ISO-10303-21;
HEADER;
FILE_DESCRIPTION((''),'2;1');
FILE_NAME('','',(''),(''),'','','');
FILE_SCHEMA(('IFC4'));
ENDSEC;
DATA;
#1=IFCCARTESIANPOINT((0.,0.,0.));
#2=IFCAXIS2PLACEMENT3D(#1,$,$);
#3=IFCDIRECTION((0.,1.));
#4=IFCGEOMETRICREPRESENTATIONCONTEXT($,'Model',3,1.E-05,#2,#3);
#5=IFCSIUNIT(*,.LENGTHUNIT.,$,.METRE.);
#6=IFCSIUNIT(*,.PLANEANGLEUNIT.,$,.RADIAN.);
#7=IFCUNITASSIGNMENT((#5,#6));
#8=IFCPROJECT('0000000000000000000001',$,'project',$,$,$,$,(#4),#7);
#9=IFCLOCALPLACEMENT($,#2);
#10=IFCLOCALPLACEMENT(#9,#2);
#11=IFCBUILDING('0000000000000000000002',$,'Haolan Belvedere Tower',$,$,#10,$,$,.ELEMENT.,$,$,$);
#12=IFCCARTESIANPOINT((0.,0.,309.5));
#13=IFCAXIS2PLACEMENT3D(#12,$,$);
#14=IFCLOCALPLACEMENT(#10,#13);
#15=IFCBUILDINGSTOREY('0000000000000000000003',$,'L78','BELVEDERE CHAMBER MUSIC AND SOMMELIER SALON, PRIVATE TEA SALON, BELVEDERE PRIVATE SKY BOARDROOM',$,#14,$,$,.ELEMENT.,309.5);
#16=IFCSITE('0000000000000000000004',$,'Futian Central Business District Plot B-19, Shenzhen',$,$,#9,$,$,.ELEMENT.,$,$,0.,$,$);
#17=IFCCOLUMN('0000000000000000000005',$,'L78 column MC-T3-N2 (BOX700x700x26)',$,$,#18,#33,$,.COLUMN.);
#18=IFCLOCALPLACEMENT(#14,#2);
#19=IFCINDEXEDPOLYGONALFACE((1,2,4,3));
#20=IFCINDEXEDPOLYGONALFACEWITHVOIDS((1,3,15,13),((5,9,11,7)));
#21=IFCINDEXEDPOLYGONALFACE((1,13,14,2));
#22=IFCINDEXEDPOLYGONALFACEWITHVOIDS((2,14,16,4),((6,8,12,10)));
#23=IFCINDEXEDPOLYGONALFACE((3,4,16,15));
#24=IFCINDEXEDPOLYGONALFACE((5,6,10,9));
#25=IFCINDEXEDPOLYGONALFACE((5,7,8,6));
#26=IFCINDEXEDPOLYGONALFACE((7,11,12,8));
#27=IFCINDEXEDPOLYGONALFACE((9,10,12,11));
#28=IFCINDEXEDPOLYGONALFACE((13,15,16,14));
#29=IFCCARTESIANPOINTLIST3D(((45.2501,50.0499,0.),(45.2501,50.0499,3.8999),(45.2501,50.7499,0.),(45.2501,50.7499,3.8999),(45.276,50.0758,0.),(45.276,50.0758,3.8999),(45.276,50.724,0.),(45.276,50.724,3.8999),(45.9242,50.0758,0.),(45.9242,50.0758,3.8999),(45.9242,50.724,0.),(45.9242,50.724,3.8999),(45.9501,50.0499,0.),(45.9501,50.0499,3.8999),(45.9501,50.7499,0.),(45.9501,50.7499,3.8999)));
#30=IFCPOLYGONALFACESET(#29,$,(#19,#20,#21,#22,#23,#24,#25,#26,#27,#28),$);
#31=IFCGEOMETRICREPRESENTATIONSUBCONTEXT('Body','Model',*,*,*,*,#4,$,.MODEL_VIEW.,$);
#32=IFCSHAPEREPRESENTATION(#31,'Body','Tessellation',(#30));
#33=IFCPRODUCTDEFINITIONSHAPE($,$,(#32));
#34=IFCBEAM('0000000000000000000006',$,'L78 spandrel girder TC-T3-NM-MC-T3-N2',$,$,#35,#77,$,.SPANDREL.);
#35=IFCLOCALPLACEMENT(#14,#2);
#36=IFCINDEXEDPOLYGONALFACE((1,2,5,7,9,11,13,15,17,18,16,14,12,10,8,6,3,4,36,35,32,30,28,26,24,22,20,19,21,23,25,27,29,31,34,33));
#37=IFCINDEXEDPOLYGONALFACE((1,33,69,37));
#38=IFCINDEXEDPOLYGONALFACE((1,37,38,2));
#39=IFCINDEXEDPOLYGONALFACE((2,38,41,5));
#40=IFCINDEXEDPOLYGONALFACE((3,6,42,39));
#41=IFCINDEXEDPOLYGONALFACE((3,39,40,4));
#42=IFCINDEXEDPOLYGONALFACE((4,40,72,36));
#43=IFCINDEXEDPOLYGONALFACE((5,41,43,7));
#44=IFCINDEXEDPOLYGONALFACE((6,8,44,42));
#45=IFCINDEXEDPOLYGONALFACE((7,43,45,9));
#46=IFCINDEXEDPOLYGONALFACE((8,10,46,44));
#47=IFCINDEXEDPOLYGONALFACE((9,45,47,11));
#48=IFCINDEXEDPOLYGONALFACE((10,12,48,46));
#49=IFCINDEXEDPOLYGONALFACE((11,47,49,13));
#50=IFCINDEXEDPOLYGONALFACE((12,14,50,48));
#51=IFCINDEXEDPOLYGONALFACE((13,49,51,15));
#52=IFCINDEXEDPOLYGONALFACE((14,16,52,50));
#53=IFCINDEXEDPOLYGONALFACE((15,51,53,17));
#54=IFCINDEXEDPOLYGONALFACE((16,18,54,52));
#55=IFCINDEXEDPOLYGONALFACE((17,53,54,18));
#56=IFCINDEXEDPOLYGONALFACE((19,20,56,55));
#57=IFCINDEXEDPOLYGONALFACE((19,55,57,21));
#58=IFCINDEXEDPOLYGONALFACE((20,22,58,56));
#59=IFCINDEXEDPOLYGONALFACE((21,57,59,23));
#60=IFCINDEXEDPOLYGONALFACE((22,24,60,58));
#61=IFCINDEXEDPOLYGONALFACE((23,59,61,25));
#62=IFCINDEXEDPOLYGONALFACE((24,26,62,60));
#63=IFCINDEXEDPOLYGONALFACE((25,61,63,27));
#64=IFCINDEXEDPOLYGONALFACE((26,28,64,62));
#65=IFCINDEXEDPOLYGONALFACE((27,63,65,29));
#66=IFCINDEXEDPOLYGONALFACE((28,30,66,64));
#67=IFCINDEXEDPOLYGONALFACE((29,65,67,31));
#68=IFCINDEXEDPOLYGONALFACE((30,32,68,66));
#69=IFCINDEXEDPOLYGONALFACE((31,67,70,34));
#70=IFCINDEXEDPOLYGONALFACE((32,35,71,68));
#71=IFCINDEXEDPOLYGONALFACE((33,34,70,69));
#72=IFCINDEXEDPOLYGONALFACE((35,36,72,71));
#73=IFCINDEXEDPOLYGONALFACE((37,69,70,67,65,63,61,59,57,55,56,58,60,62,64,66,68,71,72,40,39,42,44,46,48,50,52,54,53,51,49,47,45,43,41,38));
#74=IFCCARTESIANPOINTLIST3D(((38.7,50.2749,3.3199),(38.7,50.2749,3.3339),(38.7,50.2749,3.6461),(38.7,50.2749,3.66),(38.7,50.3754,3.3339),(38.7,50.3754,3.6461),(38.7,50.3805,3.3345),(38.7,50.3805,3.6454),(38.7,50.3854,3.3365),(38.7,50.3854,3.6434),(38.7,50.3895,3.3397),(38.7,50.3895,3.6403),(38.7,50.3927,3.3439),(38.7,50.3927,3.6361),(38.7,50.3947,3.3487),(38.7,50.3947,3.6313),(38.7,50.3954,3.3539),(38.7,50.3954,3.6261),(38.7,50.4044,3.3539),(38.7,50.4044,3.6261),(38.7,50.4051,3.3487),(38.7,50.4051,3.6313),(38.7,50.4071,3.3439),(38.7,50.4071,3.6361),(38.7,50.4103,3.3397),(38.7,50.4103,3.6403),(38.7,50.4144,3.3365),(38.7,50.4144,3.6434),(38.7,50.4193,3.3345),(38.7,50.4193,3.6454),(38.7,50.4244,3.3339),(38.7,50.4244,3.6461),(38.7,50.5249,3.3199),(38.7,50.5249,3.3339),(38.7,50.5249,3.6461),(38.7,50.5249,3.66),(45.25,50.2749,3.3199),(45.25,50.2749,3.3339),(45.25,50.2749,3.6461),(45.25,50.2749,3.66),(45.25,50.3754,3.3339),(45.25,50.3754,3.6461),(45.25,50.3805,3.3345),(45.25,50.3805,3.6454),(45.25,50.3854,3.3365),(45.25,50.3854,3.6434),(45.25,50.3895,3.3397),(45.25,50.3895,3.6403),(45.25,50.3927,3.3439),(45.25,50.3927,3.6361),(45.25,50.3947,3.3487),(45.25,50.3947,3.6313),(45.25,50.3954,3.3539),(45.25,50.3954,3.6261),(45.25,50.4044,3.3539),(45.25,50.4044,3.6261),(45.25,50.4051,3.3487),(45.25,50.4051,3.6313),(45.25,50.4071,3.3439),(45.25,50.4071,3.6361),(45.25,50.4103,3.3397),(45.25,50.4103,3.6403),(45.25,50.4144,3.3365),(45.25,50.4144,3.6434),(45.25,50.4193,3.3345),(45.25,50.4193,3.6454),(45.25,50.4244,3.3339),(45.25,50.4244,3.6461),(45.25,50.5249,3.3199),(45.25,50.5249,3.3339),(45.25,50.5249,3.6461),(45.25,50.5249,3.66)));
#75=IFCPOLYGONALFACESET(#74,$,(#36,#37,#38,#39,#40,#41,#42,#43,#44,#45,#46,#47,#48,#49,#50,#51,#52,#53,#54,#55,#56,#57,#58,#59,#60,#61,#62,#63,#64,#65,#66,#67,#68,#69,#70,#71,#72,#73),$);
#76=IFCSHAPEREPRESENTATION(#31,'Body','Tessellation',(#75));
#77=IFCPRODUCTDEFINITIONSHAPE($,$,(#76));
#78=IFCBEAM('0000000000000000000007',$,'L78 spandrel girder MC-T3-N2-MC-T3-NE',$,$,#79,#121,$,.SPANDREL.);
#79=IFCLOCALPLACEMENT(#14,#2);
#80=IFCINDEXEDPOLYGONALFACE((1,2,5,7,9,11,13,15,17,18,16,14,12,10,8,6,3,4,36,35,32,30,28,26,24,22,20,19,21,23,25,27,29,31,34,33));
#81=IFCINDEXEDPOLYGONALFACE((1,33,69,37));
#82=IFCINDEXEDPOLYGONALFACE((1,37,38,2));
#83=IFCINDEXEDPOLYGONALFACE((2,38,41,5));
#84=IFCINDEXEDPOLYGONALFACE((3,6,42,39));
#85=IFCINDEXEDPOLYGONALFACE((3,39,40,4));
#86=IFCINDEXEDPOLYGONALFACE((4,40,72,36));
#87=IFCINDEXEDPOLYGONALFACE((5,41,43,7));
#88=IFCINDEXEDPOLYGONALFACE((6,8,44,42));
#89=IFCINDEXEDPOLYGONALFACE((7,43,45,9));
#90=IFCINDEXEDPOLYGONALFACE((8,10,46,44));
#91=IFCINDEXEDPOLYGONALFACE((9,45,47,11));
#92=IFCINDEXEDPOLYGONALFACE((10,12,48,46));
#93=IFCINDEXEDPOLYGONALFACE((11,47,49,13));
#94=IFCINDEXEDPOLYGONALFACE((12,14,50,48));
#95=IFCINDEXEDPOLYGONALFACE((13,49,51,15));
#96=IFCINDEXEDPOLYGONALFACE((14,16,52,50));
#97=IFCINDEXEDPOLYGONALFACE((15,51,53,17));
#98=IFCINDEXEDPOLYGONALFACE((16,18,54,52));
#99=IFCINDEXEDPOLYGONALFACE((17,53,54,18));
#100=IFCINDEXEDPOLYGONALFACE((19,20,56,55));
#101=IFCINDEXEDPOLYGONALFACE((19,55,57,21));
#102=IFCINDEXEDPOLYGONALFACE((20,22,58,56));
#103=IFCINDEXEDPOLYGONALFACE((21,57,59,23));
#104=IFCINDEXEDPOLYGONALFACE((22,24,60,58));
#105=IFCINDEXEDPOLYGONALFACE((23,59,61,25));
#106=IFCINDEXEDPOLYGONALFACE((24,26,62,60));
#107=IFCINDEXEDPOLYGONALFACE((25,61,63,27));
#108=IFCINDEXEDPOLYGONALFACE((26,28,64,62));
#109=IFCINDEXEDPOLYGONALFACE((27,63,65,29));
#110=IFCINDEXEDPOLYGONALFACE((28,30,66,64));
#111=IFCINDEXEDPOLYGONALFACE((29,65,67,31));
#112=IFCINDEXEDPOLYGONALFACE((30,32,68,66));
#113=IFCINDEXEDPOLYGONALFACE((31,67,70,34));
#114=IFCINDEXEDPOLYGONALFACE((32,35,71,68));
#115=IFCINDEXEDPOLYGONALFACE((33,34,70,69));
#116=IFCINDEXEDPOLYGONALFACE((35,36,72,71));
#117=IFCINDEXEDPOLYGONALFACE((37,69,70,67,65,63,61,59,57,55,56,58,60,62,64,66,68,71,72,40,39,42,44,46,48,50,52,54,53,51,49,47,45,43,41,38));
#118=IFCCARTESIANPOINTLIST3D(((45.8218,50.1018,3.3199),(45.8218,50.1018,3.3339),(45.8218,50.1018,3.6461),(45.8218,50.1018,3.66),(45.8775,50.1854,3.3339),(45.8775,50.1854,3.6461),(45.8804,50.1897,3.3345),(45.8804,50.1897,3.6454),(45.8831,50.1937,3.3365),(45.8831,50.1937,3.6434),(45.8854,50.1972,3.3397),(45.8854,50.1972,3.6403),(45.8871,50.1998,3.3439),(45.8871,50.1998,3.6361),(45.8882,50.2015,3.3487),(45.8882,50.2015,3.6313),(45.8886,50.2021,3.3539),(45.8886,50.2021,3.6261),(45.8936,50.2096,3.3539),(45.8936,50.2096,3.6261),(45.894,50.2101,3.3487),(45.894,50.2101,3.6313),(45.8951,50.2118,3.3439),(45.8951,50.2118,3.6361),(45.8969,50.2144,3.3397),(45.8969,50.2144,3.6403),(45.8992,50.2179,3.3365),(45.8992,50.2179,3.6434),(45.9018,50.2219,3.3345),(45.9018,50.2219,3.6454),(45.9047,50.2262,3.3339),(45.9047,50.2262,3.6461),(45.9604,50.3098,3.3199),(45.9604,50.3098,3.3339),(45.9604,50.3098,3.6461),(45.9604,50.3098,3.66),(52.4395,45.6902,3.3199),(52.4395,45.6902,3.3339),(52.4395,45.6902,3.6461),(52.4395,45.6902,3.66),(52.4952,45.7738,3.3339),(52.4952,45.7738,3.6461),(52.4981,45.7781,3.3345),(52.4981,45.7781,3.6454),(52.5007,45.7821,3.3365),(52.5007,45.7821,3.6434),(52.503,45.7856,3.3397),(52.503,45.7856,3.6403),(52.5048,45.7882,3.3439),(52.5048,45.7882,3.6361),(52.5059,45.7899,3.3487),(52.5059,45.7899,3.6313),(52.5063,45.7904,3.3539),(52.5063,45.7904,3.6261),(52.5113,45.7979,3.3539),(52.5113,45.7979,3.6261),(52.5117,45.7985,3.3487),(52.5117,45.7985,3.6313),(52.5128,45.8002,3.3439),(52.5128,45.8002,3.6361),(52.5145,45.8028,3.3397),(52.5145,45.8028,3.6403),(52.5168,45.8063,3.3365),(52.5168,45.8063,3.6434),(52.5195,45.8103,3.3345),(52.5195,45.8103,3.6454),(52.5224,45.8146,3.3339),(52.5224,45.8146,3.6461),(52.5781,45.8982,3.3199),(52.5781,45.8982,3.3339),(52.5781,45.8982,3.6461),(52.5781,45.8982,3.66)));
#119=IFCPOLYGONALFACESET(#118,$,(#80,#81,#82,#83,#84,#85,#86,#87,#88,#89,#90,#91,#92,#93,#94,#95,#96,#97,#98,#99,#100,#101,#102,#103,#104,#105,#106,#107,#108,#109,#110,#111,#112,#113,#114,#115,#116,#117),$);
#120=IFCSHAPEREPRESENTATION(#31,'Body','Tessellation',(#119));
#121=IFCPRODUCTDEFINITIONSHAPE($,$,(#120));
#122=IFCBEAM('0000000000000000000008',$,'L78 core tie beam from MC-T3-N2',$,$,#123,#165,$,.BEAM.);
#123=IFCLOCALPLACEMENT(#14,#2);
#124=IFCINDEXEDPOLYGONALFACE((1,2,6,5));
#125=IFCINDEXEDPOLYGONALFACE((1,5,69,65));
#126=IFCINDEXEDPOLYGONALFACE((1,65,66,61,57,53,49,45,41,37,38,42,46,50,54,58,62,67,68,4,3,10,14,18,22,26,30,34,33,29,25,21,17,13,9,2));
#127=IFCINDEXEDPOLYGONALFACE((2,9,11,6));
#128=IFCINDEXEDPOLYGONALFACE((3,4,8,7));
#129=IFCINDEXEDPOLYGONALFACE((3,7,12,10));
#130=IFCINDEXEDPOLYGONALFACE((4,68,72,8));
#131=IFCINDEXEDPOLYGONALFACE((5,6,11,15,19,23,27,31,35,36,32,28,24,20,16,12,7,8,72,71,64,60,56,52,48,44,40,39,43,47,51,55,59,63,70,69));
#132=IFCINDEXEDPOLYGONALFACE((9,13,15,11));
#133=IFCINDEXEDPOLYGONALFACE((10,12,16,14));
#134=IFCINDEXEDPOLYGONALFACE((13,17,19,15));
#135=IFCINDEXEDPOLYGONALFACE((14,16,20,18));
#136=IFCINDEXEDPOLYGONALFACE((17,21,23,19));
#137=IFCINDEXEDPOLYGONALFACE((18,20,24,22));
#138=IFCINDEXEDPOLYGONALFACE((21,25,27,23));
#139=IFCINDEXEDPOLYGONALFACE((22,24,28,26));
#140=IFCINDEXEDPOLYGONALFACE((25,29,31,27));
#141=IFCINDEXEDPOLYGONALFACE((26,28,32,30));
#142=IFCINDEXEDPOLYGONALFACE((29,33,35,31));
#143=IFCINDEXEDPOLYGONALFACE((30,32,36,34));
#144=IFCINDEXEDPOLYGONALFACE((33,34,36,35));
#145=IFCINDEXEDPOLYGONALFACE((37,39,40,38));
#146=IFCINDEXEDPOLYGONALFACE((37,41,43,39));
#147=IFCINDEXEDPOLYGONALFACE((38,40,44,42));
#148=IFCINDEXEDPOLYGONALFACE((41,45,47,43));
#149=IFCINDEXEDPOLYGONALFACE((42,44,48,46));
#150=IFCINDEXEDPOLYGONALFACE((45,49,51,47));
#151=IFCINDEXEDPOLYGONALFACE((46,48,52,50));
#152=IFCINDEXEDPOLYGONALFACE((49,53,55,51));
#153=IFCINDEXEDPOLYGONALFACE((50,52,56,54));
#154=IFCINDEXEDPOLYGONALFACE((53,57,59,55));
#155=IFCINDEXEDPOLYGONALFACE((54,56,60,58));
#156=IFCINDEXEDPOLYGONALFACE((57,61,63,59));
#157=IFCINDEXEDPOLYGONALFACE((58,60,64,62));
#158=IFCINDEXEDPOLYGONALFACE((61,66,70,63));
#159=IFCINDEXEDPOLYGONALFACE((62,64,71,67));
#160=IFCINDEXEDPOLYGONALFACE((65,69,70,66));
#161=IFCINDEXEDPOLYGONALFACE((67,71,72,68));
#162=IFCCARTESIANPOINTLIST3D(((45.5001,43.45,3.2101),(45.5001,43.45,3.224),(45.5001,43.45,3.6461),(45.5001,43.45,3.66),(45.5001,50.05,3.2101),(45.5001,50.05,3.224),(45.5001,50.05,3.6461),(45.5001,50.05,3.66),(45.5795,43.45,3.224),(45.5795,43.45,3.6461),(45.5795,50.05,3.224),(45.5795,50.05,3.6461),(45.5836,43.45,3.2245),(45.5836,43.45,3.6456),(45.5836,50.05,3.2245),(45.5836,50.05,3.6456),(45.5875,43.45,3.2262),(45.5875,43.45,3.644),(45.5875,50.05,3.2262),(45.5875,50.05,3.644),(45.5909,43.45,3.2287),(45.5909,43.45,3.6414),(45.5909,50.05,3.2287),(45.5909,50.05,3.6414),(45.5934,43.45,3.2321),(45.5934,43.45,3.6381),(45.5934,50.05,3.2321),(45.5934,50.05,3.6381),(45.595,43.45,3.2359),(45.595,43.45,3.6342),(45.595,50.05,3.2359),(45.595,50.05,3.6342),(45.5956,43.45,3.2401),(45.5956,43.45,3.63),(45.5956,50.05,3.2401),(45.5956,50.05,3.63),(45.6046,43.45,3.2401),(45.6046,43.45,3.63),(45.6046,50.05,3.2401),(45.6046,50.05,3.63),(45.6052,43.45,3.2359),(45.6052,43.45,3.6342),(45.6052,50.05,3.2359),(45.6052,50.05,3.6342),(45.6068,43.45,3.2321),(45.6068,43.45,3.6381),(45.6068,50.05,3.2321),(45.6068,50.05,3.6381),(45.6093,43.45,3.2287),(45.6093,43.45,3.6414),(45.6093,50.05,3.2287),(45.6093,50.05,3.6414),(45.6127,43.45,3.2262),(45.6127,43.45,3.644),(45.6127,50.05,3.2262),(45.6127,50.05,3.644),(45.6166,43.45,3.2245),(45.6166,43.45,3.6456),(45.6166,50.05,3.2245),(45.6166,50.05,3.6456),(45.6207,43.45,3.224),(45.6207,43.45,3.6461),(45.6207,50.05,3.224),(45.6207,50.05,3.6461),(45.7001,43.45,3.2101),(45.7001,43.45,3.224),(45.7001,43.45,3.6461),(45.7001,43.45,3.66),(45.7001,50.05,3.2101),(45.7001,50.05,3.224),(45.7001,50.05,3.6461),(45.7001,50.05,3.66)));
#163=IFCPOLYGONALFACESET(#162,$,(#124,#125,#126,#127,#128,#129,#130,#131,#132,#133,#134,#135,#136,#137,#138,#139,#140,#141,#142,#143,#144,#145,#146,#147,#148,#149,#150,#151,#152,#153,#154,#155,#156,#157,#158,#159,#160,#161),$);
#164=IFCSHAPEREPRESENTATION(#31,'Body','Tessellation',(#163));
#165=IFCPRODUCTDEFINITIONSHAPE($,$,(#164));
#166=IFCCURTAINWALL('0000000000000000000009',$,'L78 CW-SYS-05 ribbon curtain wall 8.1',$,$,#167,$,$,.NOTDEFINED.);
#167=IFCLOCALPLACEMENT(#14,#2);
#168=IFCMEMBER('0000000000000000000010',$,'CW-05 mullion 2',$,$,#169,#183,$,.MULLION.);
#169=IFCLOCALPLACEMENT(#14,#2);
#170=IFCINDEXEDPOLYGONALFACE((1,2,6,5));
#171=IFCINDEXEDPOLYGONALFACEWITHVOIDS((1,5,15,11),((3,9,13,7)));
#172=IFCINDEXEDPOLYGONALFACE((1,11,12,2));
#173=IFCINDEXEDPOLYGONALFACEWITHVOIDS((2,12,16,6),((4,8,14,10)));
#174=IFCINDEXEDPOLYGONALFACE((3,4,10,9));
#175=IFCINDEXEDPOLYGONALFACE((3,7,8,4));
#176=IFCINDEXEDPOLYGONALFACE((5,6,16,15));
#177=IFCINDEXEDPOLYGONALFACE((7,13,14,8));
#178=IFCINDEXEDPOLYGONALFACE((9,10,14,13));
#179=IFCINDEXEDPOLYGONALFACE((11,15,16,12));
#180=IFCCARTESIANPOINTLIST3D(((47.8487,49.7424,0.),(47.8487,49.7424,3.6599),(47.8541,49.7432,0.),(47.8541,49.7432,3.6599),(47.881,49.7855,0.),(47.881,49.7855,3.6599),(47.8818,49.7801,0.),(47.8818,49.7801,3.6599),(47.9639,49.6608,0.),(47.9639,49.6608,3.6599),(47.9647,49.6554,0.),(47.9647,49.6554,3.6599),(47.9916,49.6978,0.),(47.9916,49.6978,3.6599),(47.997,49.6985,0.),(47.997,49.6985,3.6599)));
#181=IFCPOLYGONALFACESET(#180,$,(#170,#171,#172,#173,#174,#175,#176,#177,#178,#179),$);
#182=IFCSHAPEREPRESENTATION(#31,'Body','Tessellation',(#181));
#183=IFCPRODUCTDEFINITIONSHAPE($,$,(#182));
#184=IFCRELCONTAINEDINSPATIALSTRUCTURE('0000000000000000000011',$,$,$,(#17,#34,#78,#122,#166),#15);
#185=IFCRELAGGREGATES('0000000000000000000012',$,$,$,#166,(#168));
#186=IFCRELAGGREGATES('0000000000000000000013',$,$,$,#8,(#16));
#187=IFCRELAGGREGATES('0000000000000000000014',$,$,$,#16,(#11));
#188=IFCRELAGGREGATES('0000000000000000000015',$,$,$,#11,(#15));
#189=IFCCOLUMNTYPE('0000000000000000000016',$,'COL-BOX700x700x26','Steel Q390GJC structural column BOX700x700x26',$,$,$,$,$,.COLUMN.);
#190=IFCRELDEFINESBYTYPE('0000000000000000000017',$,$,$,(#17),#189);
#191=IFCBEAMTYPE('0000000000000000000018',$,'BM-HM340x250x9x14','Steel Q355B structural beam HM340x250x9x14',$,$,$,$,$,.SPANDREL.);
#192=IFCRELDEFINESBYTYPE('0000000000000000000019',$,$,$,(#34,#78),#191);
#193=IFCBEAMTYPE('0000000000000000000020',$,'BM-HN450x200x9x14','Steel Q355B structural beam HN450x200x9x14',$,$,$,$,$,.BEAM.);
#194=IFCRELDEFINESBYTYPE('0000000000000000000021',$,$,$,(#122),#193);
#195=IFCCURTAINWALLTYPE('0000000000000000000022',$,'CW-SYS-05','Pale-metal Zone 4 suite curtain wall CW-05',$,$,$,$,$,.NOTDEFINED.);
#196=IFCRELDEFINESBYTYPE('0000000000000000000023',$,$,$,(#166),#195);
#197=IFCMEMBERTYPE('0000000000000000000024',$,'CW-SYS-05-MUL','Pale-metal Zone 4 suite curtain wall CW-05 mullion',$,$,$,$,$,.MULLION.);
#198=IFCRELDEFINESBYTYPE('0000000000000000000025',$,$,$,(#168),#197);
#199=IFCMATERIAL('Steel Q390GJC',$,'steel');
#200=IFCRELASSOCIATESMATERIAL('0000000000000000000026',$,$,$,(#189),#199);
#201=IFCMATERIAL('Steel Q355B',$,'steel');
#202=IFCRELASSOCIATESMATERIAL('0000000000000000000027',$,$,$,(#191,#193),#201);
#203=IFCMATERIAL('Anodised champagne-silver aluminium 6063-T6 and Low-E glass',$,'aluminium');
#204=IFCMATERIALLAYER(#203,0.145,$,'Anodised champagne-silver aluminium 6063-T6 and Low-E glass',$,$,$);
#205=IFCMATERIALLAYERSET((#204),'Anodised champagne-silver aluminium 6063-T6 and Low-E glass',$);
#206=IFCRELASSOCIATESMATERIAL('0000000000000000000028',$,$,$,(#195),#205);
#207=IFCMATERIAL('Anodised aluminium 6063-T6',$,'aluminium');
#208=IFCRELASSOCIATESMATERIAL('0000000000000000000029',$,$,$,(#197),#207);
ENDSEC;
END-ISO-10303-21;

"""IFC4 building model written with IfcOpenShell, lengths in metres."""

from ifc_helpers import new_model, si_unit, direction, frame, origin, origin_2d, place, context, subcontext, project, spatial, hollow_rectangle, i_section, extrude, material, layer, layer_set, material_profile, profile_set, type_object, element, aggregate, save


model = new_model("IFC4")

# Units and contexts
model_context = context("Model", 3, precision=1e-05, world=origin(), true_north=direction((0.0, 1.0)))
body_context = subcontext(model_context, "Body", "Model", "MODEL_VIEW")
ifc_project = project(units=[si_unit("LENGTHUNIT", "METRE"), si_unit("PLANEANGLEUNIT", "RADIAN")], contexts=[model_context])

# Site, building, storey
site_placement = place(None, origin())
site = spatial("IfcSite", under=ifc_project, at=site_placement, Name="Futian Central Business District Plot B-19, Shenzhen", CompositionType="ELEMENT", RefElevation=0.0)
building_placement = place(site_placement, origin())
building = spatial("IfcBuilding", under=site, at=building_placement, Name="Haolan Belvedere Tower", CompositionType="ELEMENT")
storey_placement = place(building_placement, frame((0.0, 0.0, 309.5)))
storey = spatial("IfcBuildingStorey", under=building, at=storey_placement, Name="L78", Description="BELVEDERE CHAMBER MUSIC AND SOMMELIER SALON, PRIVATE TEA SALON, BELVEDERE PRIVATE SKY BOARDROOM", CompositionType="ELEMENT", Elevation=309.5)

# Column
ifc_material_1 = material(Name="Steel Q390GJC", Category="steel")
ifc_material_profile_1 = material_profile(ifc_material_1, hollow_rectangle(XDim=0.7, YDim=0.7, WallThickness=0.0259, at=origin_2d()), Name="Steel Q390GJC")
ifc_profile_set_1 = profile_set([ifc_material_profile_1], Name="Steel Q390GJC")
column_type = type_object("IfcColumnType", Name="COL-BOX700x700x26", Description="Steel Q390GJC structural column BOX700x700x26", PredefinedType="COLUMN", material=ifc_profile_set_1)
column_placement = place(storey_placement, frame((45.6001, 50.3999, 0.0), z_axis=(0.0, 0.0, 1.0), x_axis=(1.0, 0.0, 0.0)))
element("IfcColumn", 1, at=column_placement, inside=storey, type_object=column_type, Name="L78 column MC-T3-N2 (BOX700x700x26)", PredefinedType="COLUMN", context=body_context, shape_type="SweptSolid", body=[
    extrude(hollow_rectangle(XDim=0.7, YDim=0.7, WallThickness=0.0259, at=origin_2d()), origin(), (0.0, 0.0, 1.0), 3.8999),
])

# Beams
ifc_material_2 = material(Name="Steel Q355B", Category="steel")
ifc_material_profile_2 = material_profile(ifc_material_2, i_section(OverallWidth=0.25, OverallDepth=0.3401, WebThickness=0.009, FlangeThickness=0.0139, FilletRadius=0.02, at=origin_2d()), Name="Steel Q355B")
ifc_profile_set_2 = profile_set([ifc_material_profile_2], Name="Steel Q355B")
beam_type_1 = type_object("IfcBeamType", Name="BM-HM340x250x9x14", Description="Steel Q355B structural beam HM340x250x9x14", PredefinedType="SPANDREL", material=ifc_profile_set_2)
beam_1_placement = place(storey_placement, frame((38.7, 50.3999, 3.49), z_axis=(1.0, 0.0, 0.0), x_axis=(0.0, 1.0, 0.0)))
element("IfcBeam", 2, at=beam_1_placement, inside=storey, type_object=beam_type_1, Name="L78 spandrel girder TC-T3-NM-MC-T3-N2", PredefinedType="SPANDREL", context=body_context, shape_type="SweptSolid", body=[
    extrude(i_section(OverallWidth=0.25, OverallDepth=0.3401, WebThickness=0.009, FlangeThickness=0.0139, FilletRadius=0.02, at=origin_2d()), origin(), (0.0, 0.0, 1.0), 6.55),
])
beam_2_placement = place(storey_placement, frame((45.8911, 50.2058, 3.49), z_axis=(0.83206, -0.554686, 0.0), x_axis=(0.554686, 0.83206, 0.0)))
element("IfcBeam", 3, at=beam_2_placement, inside=storey, type_object=beam_type_1, Name="L78 spandrel girder MC-T3-N2-MC-T3-NE", PredefinedType="SPANDREL", context=body_context, shape_type="SweptSolid", body=[
    extrude(i_section(OverallWidth=0.25, OverallDepth=0.3401, WebThickness=0.009, FlangeThickness=0.0139, FilletRadius=0.02, at=origin_2d()), origin(), (0.0, 0.0, 1.0), 7.9534),
])
ifc_material_profile_3 = material_profile(ifc_material_2, i_section(OverallWidth=0.2, OverallDepth=0.45, WebThickness=0.009, FlangeThickness=0.0139, FilletRadius=0.0161, at=origin_2d()), Name="Steel Q355B")
ifc_profile_set_3 = profile_set([ifc_material_profile_3], Name="Steel Q355B")
beam_type_2 = type_object("IfcBeamType", Name="BM-HN450x200x9x14", Description="Steel Q355B structural beam HN450x200x9x14", PredefinedType="BEAM", material=ifc_profile_set_3)
beam_3_placement = place(storey_placement, frame((45.6001, 50.05, 3.4351), z_axis=(0.0, -1.0, 0.0), x_axis=(1.0, 0.0, 0.0)))
element("IfcBeam", 4, at=beam_3_placement, inside=storey, type_object=beam_type_2, Name="L78 core tie beam from MC-T3-N2", PredefinedType="BEAM", context=body_context, shape_type="SweptSolid", body=[
    extrude(i_section(OverallWidth=0.2, OverallDepth=0.45, WebThickness=0.009, FlangeThickness=0.0139, FilletRadius=0.0161, at=origin_2d()), origin(), (0.0, 0.0, 1.0), 6.6001),
])

# Curtain wall, member
ifc_material_3 = material(Name="Anodised champagne-silver aluminium 6063-T6 and Low-E glass", Category="aluminium")
ifc_layer_1 = layer(ifc_material_3, 0.145, Name="Anodised champagne-silver aluminium 6063-T6 and Low-E glass")
ifc_layer_set_1 = layer_set([ifc_layer_1], Name="Anodised champagne-silver aluminium 6063-T6 and Low-E glass")
curtain_wall_type = type_object("IfcCurtainWallType", Name="CW-SYS-05", Description="Pale-metal Zone 4 suite curtain wall CW-05", PredefinedType="NOTDEFINED", material=ifc_layer_set_1)
curtain_wall_1_placement = place(storey_placement, origin())
curtain_wall_1 = element("IfcCurtainWall", 5, at=curtain_wall_1_placement, inside=storey, type_object=curtain_wall_type, Name="L78 CW-SYS-05 ribbon curtain wall 8.1", PredefinedType="NOTDEFINED")
ifc_material_4 = material(Name="Anodised aluminium 6063-T6", Category="aluminium")
ifc_material_profile_4 = material_profile(ifc_material_4, hollow_rectangle(XDim=0.054, YDim=0.145, WallThickness=0.0039, at=origin_2d()), Name="Anodised aluminium 6063-T6")
ifc_profile_set_4 = profile_set([ifc_material_profile_4], Name="Anodised aluminium 6063-T6")
member_type_1 = type_object("IfcMemberType", Name="CW-SYS-05-MUL", Description="Pale-metal Zone 4 suite curtain wall CW-05 mullion", PredefinedType="MULLION", material=ifc_profile_set_4)
member_1_placement = place(storey_placement, frame((47.9229, 49.7205, 0.0), z_axis=(0.0, 0.0, 1.0), x_axis=(-0.600003, -0.799998, 0.0)))
member_1 = element("IfcMember", 6, at=member_1_placement, type_object=member_type_1, Name="CW-05 mullion 2", PredefinedType="MULLION", context=body_context, shape_type="SweptSolid", body=[
    extrude(hollow_rectangle(XDim=0.054, YDim=0.145, WallThickness=0.0039, at=origin_2d()), origin(), (0.0, 0.0, 1.0), 3.6599),
])

aggregate(curtain_wall_1, [member_1])

save(model, "model.ifc")
